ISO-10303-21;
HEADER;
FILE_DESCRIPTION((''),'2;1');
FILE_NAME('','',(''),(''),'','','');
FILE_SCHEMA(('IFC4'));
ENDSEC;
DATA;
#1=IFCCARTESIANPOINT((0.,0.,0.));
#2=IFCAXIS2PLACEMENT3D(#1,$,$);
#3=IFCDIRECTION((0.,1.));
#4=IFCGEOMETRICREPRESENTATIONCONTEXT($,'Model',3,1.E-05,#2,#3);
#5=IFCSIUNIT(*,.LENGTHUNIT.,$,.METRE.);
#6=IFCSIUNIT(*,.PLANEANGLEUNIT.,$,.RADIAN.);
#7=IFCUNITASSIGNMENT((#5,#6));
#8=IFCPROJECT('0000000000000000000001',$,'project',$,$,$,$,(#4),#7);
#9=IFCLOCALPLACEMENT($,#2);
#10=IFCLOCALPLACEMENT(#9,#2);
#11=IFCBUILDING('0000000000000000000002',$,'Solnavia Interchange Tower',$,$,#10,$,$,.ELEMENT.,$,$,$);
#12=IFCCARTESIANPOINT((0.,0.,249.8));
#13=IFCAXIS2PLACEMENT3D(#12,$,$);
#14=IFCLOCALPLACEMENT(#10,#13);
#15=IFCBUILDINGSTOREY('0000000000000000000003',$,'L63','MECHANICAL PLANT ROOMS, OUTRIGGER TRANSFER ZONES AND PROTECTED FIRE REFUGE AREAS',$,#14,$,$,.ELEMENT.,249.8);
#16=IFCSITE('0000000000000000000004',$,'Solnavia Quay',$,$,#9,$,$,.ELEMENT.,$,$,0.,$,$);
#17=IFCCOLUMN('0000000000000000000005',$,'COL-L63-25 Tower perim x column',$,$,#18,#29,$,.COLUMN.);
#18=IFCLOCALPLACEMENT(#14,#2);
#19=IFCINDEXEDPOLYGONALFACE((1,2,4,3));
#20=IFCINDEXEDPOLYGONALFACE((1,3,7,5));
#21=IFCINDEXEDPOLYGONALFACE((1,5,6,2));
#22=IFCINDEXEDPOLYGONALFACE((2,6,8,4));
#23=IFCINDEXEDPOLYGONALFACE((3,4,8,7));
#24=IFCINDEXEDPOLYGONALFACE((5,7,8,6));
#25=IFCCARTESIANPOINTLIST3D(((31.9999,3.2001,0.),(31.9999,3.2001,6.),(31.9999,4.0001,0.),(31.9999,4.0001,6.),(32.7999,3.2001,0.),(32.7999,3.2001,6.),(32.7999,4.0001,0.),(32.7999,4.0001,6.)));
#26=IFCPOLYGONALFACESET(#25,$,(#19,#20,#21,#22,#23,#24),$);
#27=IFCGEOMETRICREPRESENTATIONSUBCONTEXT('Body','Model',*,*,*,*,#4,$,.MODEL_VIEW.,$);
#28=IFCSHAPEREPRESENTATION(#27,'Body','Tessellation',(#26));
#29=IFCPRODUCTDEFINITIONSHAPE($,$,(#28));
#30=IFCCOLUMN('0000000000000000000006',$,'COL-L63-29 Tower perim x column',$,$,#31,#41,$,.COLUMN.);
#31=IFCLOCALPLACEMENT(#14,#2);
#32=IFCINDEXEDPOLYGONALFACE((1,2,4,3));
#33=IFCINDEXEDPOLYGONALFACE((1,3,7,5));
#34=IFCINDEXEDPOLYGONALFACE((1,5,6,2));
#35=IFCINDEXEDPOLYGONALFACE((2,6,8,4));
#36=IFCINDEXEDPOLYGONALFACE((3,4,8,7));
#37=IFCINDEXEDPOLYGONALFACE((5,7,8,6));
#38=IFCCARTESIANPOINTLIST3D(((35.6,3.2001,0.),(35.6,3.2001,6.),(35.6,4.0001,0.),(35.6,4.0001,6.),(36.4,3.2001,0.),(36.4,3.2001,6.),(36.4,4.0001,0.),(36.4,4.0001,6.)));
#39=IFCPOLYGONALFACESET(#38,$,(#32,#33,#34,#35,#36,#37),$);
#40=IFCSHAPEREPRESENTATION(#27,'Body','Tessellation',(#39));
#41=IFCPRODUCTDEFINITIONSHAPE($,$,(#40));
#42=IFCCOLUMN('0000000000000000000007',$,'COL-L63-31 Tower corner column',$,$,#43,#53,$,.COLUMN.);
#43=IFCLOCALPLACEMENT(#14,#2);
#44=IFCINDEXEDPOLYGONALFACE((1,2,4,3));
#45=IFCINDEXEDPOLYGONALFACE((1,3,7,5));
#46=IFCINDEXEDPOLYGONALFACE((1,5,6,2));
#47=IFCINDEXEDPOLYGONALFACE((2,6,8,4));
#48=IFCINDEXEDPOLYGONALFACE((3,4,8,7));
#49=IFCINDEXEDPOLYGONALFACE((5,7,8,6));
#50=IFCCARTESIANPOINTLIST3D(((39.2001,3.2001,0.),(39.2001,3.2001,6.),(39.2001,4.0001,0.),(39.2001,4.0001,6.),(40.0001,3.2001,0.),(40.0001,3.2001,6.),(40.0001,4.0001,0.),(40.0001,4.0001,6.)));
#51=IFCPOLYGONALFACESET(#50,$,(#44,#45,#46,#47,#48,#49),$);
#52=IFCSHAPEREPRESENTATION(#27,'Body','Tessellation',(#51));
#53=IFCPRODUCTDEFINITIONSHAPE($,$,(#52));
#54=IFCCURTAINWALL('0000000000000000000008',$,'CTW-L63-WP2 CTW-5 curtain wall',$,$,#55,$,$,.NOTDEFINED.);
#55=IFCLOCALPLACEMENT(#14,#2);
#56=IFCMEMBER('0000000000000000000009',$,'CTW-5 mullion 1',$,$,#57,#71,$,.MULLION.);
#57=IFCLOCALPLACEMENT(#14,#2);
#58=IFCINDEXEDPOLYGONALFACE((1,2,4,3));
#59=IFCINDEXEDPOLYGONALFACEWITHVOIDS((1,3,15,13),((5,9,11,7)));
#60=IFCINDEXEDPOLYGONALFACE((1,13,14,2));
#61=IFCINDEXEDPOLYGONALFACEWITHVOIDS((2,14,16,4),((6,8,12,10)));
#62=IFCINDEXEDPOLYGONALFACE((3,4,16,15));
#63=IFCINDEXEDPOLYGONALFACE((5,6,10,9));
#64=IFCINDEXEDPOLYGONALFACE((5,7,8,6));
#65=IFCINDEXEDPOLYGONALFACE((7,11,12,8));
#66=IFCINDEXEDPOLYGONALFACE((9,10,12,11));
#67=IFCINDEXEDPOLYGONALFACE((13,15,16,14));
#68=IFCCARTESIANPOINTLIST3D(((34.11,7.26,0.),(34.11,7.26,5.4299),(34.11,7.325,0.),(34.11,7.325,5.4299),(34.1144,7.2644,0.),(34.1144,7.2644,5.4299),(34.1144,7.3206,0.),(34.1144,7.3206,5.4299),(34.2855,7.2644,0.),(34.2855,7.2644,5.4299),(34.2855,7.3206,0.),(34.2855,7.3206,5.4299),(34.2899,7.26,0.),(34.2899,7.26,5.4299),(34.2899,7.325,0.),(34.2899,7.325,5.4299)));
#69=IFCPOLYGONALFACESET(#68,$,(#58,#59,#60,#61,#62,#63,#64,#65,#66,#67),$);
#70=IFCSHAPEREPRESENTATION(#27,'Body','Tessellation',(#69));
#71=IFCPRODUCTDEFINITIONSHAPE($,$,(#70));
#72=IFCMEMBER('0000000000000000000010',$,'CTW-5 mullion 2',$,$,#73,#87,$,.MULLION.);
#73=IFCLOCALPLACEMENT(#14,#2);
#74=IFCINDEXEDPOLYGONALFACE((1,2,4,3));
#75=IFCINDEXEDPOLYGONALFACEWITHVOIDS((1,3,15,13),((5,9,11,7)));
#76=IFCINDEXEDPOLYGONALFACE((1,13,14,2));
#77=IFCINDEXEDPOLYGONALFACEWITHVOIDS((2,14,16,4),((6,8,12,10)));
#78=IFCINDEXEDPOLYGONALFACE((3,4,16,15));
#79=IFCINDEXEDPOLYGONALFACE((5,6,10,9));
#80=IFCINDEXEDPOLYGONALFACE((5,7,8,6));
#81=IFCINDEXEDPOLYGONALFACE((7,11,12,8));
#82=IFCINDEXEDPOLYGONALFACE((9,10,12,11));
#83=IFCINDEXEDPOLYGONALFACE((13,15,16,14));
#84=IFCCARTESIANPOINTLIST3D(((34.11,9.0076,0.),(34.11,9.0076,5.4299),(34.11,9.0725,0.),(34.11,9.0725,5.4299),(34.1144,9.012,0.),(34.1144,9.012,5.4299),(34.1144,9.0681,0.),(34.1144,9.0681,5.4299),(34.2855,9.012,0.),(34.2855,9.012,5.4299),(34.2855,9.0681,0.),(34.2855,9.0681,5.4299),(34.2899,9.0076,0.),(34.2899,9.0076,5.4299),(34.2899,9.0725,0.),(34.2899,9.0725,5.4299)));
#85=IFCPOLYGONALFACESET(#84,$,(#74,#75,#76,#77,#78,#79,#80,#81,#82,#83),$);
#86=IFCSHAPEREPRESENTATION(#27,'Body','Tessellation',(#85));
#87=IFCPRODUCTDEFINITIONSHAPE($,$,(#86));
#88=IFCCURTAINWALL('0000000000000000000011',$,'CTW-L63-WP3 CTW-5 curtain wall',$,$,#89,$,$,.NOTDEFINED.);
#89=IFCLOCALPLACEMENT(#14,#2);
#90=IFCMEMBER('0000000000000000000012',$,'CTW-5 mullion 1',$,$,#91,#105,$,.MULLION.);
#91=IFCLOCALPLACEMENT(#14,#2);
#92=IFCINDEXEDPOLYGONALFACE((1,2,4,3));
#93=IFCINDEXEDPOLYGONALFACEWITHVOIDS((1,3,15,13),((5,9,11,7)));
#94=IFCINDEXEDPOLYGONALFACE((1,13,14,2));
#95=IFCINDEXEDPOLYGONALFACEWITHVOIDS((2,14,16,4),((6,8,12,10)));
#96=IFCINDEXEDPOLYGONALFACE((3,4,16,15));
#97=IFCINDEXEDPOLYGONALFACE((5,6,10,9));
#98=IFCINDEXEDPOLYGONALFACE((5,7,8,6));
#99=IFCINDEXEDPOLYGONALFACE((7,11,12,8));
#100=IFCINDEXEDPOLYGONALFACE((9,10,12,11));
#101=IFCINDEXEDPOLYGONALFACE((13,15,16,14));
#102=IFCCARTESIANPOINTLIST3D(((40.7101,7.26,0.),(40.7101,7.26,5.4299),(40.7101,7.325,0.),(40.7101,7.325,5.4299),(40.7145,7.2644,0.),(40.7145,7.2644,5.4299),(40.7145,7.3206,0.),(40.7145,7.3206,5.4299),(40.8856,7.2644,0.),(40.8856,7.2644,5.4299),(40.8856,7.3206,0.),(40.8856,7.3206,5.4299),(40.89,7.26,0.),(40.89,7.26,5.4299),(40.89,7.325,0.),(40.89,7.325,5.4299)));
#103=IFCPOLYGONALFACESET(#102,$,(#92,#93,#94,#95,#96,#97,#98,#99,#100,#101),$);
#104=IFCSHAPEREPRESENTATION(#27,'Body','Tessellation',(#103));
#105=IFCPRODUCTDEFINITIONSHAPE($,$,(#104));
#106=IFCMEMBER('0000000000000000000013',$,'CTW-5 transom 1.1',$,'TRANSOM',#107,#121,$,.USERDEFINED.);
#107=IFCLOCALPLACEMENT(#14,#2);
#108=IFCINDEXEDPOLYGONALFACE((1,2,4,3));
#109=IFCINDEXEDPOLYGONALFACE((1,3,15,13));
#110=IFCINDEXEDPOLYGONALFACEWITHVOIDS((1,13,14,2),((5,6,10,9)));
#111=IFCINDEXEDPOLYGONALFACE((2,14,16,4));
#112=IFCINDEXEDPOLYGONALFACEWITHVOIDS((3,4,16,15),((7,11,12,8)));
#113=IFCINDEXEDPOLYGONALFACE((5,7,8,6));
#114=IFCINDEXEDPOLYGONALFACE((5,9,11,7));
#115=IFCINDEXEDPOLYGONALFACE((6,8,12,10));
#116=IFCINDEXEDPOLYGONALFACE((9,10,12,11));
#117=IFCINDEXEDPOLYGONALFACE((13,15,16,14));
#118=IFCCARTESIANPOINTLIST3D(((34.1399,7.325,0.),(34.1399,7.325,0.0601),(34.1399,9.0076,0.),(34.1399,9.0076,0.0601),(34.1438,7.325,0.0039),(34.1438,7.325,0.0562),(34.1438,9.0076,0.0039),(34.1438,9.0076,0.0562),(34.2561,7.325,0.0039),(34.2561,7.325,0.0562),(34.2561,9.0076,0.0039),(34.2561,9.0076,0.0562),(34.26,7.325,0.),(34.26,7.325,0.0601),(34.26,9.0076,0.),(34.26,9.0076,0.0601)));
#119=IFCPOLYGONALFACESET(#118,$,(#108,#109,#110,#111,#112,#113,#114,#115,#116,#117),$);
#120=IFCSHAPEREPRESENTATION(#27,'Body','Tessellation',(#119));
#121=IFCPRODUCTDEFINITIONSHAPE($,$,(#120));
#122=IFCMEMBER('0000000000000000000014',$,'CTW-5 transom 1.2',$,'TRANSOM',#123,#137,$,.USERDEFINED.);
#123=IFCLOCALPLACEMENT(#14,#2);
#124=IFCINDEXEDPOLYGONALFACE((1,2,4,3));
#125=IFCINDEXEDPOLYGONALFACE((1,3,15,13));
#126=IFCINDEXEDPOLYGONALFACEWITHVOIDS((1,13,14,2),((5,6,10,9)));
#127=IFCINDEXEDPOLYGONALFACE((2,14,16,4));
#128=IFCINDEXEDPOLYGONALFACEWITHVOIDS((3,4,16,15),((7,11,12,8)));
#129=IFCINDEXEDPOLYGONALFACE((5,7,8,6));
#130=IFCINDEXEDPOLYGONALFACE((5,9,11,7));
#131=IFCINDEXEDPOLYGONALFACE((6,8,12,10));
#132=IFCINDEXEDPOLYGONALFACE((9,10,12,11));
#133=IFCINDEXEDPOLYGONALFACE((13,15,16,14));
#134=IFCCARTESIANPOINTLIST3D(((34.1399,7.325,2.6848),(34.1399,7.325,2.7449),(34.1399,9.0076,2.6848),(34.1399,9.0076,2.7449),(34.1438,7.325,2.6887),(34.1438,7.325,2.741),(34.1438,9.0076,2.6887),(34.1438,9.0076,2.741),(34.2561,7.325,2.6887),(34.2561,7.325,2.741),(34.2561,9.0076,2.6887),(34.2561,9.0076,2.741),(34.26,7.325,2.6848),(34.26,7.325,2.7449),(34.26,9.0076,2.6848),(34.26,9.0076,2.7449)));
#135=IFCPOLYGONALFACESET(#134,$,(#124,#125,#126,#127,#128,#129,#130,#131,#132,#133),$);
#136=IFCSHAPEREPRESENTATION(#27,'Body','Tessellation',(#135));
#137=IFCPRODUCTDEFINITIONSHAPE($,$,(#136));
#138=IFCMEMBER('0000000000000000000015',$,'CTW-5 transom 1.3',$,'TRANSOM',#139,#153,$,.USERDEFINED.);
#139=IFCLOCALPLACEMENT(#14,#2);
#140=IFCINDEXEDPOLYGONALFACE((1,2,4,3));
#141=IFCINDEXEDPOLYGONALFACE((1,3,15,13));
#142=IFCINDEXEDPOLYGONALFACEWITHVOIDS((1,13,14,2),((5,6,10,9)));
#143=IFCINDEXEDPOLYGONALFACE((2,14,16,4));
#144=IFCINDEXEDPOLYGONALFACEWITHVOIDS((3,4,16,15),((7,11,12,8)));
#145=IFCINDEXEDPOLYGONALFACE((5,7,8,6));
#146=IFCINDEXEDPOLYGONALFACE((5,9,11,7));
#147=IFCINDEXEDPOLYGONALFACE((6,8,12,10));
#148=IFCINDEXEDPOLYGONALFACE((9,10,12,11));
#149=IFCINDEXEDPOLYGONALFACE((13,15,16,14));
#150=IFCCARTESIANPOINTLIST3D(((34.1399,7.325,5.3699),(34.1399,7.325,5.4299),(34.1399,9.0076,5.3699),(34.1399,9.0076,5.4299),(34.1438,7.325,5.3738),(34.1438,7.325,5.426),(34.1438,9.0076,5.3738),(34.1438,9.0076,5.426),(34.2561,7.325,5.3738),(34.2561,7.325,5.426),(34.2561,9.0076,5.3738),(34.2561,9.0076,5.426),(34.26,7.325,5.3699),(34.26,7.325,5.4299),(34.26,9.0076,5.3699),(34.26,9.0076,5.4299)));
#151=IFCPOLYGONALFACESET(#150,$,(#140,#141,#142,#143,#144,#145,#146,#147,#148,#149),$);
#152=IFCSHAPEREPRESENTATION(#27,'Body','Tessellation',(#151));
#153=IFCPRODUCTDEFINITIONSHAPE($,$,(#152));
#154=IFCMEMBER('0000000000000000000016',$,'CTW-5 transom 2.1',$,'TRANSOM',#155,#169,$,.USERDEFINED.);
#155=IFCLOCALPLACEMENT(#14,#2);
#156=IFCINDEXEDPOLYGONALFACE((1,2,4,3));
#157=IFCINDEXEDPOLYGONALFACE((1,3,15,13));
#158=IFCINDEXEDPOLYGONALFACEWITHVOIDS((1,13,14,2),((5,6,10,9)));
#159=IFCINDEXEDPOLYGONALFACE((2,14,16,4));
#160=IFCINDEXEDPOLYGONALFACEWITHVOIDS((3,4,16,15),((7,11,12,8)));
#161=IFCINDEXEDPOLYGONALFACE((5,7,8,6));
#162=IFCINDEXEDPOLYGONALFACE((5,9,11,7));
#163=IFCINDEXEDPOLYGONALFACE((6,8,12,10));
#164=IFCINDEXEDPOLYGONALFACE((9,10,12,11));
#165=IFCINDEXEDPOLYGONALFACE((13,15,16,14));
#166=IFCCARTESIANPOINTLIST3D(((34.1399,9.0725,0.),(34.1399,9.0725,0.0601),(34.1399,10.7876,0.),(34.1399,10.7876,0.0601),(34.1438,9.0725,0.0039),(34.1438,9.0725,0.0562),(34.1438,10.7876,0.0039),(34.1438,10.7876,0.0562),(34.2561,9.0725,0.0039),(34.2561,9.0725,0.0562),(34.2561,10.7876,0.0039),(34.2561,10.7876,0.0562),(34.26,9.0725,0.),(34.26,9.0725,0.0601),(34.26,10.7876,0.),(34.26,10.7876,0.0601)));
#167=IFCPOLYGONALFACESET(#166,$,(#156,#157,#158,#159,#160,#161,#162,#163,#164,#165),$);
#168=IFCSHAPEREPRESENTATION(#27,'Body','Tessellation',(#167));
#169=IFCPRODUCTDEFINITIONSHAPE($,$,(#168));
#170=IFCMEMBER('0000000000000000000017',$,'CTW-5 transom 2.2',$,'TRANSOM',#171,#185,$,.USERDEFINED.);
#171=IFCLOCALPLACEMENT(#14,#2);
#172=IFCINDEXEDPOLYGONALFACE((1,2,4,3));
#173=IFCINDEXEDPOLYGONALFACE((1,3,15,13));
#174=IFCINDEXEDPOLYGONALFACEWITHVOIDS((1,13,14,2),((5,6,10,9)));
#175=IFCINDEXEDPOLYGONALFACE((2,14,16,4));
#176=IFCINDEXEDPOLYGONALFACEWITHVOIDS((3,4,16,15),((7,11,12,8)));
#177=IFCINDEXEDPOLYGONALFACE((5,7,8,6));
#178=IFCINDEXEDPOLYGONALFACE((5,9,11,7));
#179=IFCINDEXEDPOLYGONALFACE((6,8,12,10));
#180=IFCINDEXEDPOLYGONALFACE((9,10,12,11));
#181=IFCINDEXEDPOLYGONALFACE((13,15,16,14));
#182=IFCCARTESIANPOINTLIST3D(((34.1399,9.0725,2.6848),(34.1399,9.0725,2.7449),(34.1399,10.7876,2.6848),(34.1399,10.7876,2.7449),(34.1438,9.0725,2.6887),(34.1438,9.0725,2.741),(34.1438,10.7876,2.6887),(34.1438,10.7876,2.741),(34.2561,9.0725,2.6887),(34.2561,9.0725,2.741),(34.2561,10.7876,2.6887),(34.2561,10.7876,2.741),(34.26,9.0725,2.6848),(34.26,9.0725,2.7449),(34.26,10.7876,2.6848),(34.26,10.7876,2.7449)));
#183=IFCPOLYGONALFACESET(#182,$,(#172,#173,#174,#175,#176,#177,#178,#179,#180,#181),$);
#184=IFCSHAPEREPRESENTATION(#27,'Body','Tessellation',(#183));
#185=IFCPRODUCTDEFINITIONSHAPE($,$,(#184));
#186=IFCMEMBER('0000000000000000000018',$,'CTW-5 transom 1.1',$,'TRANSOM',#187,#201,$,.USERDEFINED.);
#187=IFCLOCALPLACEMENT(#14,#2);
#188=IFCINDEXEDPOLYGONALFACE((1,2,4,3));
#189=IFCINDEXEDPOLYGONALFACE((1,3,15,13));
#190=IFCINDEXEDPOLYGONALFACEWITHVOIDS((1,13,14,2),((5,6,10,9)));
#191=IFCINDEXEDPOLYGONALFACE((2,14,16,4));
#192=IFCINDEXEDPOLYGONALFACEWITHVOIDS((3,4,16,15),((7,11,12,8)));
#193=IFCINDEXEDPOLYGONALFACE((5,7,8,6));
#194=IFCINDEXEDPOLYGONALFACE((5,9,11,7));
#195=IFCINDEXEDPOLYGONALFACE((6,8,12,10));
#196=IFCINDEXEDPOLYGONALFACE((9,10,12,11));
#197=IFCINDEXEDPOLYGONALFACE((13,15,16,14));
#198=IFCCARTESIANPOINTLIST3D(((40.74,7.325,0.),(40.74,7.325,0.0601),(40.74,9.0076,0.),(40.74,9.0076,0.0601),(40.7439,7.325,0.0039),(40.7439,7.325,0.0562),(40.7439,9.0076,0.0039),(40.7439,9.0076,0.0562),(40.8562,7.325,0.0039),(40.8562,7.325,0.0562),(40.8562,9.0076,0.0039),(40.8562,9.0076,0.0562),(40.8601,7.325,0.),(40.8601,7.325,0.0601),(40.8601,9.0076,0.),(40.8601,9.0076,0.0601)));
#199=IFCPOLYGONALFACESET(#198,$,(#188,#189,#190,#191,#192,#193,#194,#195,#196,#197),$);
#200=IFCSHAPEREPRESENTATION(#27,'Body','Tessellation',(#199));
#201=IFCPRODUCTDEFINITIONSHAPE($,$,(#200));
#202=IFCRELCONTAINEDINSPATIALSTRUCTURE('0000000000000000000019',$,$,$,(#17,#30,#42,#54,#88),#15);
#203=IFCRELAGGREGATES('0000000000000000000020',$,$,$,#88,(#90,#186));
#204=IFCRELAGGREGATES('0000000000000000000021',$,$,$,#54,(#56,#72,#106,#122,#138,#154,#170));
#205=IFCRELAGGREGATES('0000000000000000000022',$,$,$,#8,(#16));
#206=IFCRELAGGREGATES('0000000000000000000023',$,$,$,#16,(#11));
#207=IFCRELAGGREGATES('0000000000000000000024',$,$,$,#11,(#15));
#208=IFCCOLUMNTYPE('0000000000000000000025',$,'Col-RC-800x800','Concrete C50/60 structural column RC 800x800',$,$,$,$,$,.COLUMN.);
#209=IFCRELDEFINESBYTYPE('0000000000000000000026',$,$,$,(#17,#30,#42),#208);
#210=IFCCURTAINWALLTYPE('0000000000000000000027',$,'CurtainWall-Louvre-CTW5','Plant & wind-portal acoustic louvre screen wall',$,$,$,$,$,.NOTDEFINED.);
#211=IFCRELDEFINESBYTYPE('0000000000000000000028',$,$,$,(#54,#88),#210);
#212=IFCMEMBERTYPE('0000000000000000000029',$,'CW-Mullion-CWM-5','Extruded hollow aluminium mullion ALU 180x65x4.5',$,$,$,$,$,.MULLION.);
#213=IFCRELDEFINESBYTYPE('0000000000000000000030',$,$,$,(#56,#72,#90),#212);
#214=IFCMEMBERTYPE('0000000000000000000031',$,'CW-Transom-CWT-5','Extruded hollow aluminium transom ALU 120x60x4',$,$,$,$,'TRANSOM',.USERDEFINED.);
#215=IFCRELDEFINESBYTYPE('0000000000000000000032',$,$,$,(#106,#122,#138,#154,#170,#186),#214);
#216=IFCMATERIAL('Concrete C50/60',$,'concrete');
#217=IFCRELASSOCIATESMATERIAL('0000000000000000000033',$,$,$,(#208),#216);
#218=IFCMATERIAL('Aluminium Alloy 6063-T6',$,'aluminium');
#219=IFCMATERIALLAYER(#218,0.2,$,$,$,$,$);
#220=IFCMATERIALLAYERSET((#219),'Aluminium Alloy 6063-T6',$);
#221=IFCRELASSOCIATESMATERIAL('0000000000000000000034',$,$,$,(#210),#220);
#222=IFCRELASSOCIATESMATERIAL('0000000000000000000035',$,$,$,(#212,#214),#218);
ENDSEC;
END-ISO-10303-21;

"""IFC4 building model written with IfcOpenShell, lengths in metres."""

from ifc_helpers import new_model, si_unit, direction, frame, origin, origin_2d, place, context, subcontext, project, spatial, rectangle, hollow_rectangle, extrude, material, layer, layer_set, material_profile, profile_set, type_object, element, aggregate, save


model = new_model("IFC4")

# Units and contexts
model_context = context("Model", 3, precision=1e-05, world=origin(), true_north=direction((0.0, 1.0)))
body_context = subcontext(model_context, "Body", "Model", "MODEL_VIEW")
ifc_project = project(units=[si_unit("LENGTHUNIT", "METRE"), si_unit("PLANEANGLEUNIT", "RADIAN")], contexts=[model_context])

# Site, building, storey
site_placement = place(None, origin())
site = spatial("IfcSite", under=ifc_project, at=site_placement, Name="Solnavia Quay", CompositionType="ELEMENT", RefElevation=0.0)
building_placement = place(site_placement, origin())
building = spatial("IfcBuilding", under=site, at=building_placement, Name="Solnavia Interchange Tower", CompositionType="ELEMENT")
storey_placement = place(building_placement, frame((0.0, 0.0, 249.8)))
storey = spatial("IfcBuildingStorey", under=building, at=storey_placement, Name="L63", Description="MECHANICAL PLANT ROOMS, OUTRIGGER TRANSFER ZONES AND PROTECTED FIRE REFUGE AREAS", CompositionType="ELEMENT", Elevation=249.8)

# Columns
ifc_material_1 = material(Name="Concrete C50/60", Category="concrete")
ifc_material_profile_1 = material_profile(ifc_material_1, rectangle(XDim=0.8, YDim=0.8, at=origin_2d()), Name="RC 800x800")
ifc_profile_set_1 = profile_set([ifc_material_profile_1], Name="Concrete C50/60")
column_type = type_object("IfcColumnType", Name="Col-RC-800x800", Description="Concrete C50/60 structural column RC 800x800", PredefinedType="COLUMN", material=ifc_profile_set_1)
for number, where, z_axis, x_axis, name in (
    (1, (32.3999, 3.6001, 0.0), (0.0, 0.0, 1.0), (1.0, 0.0, 0.0), "COL-L63-25 Tower perim x column"),
    (2, (36.0, 3.6001, 0.0), (0.0, 0.0, 1.0), (1.0, 0.0, 0.0), "COL-L63-29 Tower perim x column"),
    (3, (39.6001, 3.6001, 0.0), (0.0, 0.0, 1.0), (1.0, 0.0, 0.0), "COL-L63-31 Tower corner column"),
):
    element("IfcColumn", number, at=place(storey_placement, frame(where, z_axis=z_axis, x_axis=x_axis)), inside=storey, type_object=column_type, Name=name, PredefinedType="COLUMN", context=body_context, shape_type="SweptSolid", body=[
        extrude(rectangle(XDim=0.8, YDim=0.8, at=origin_2d()), origin(), (0.0, 0.0, 1.0), 6.0),
    ])

# Curtain wall, members
ifc_material_2 = material(Name="Aluminium Alloy 6063-T6", Category="aluminium")
ifc_layer_1 = layer(ifc_material_2, 0.2)
ifc_layer_set_1 = layer_set([ifc_layer_1], Name="Aluminium Alloy 6063-T6")
curtain_wall_type = type_object("IfcCurtainWallType", Name="CurtainWall-Louvre-CTW5", Description="Plant & wind-portal acoustic louvre screen wall", PredefinedType="NOTDEFINED", material=ifc_layer_set_1)
curtain_wall_1_placement = place(storey_placement, origin())
curtain_wall_1 = element("IfcCurtainWall", 4, at=curtain_wall_1_placement, inside=storey, type_object=curtain_wall_type, Name="CTW-L63-WP2 CTW-5 curtain wall", PredefinedType="NOTDEFINED")
ifc_material_profile_2 = material_profile(ifc_material_2, hollow_rectangle(XDim=0.0649, YDim=0.1799, WallThickness=0.0044, at=origin_2d()), Name="ALU 180x65x4.5")
ifc_profile_set_2 = profile_set([ifc_material_profile_2], Name="Aluminium Alloy 6063-T6")
member_type_1 = type_object("IfcMemberType", Name="CW-Mullion-CWM-5", Description="Extruded hollow aluminium mullion ALU 180x65x4.5", PredefinedType="MULLION", material=ifc_profile_set_2)
member_1_placement = place(storey_placement, frame((34.2, 7.2925, 0.0), z_axis=(0.0, 0.0, 1.0), x_axis=(0.0, 1.0, 0.0)))
member_1 = element("IfcMember", 5, at=member_1_placement, type_object=member_type_1, Name="CTW-5 mullion 1", PredefinedType="MULLION", context=body_context, shape_type="SweptSolid", body=[
    extrude(hollow_rectangle(XDim=0.0649, YDim=0.1799, WallThickness=0.0044, at=origin_2d()), origin(), (0.0, 0.0, 1.0), 5.4299),
])
member_2_placement = place(storey_placement, frame((34.2, 9.04, 0.0), z_axis=(0.0, 0.0, 1.0), x_axis=(0.0, 1.0, 0.0)))
member_2 = element("IfcMember", 6, at=member_2_placement, type_object=member_type_1, Name="CTW-5 mullion 2", PredefinedType="MULLION", context=body_context, shape_type="SweptSolid", body=[
    extrude(hollow_rectangle(XDim=0.0649, YDim=0.1799, WallThickness=0.0044, at=origin_2d()), origin(), (0.0, 0.0, 1.0), 5.4299),
])

# Curtain wall, member
curtain_wall_2_placement = place(storey_placement, origin())
curtain_wall_2 = element("IfcCurtainWall", 7, at=curtain_wall_2_placement, inside=storey, type_object=curtain_wall_type, Name="CTW-L63-WP3 CTW-5 curtain wall", PredefinedType="NOTDEFINED")
member_3_placement = place(storey_placement, frame((40.8, 7.2925, 0.0), z_axis=(0.0, 0.0, 1.0), x_axis=(0.0, 1.0, 0.0)))
member_3 = element("IfcMember", 8, at=member_3_placement, type_object=member_type_1, Name="CTW-5 mullion 1", PredefinedType="MULLION", context=body_context, shape_type="SweptSolid", body=[
    extrude(hollow_rectangle(XDim=0.0649, YDim=0.1799, WallThickness=0.0044, at=origin_2d()), origin(), (0.0, 0.0, 1.0), 5.4299),
])

# Members
ifc_material_profile_3 = material_profile(ifc_material_2, hollow_rectangle(XDim=0.0601, YDim=0.1201, WallThickness=0.0039, at=origin_2d()), Name="ALU 120x60x4")
ifc_profile_set_3 = profile_set([ifc_material_profile_3], Name="Aluminium Alloy 6063-T6")
member_type_2 = type_object("IfcMemberType", Name="CW-Transom-CWT-5", Description="Extruded hollow aluminium transom ALU 120x60x4", ElementType="TRANSOM", PredefinedType="USERDEFINED", material=ifc_profile_set_3)
member_4_placement = place(storey_placement, frame((34.2, 7.325, 0.03), z_axis=(0.0, 1.0, 0.0), x_axis=(0.0, 0.0, 1.0)))
member_4 = element("IfcMember", 9, at=member_4_placement, type_object=member_type_2, Name="CTW-5 transom 1.1", ObjectType="TRANSOM", PredefinedType="USERDEFINED", context=body_context, shape_type="SweptSolid", body=[
    extrude(hollow_rectangle(XDim=0.0601, YDim=0.1201, WallThickness=0.0039, at=origin_2d()), origin(), (0.0, 0.0, 1.0), 1.6826),
])
member_5_placement = place(storey_placement, frame((34.2, 7.325, 2.7148), z_axis=(0.0, 1.0, 0.0), x_axis=(0.0, 0.0, 1.0)))
member_5 = element("IfcMember", 10, at=member_5_placement, type_object=member_type_2, Name="CTW-5 transom 1.2", ObjectType="TRANSOM", PredefinedType="USERDEFINED", context=body_context, shape_type="SweptSolid", body=[
    extrude(hollow_rectangle(XDim=0.0601, YDim=0.1201, WallThickness=0.0039, at=origin_2d()), origin(), (0.0, 0.0, 1.0), 1.6826),
])
member_6_placement = place(storey_placement, frame((34.2, 7.325, 5.3999), z_axis=(0.0, 1.0, 0.0), x_axis=(0.0, 0.0, 1.0)))
member_6 = element("IfcMember", 11, at=member_6_placement, type_object=member_type_2, Name="CTW-5 transom 1.3", ObjectType="TRANSOM", PredefinedType="USERDEFINED", context=body_context, shape_type="SweptSolid", body=[
    extrude(hollow_rectangle(XDim=0.0601, YDim=0.1201, WallThickness=0.0039, at=origin_2d()), origin(), (0.0, 0.0, 1.0), 1.6826),
])
member_7_placement = place(storey_placement, frame((34.2, 9.0725, 0.03), z_axis=(0.0, 1.0, 0.0), x_axis=(0.0, 0.0, 1.0)))
member_7 = element("IfcMember", 12, at=member_7_placement, type_object=member_type_2, Name="CTW-5 transom 2.1", ObjectType="TRANSOM", PredefinedType="USERDEFINED", context=body_context, shape_type="SweptSolid", body=[
    extrude(hollow_rectangle(XDim=0.0601, YDim=0.1201, WallThickness=0.0039, at=origin_2d()), origin(), (0.0, 0.0, 1.0), 1.7151),
])
member_8_placement = place(storey_placement, frame((34.2, 9.0725, 2.7148), z_axis=(0.0, 1.0, 0.0), x_axis=(0.0, 0.0, 1.0)))
member_8 = element("IfcMember", 13, at=member_8_placement, type_object=member_type_2, Name="CTW-5 transom 2.2", ObjectType="TRANSOM", PredefinedType="USERDEFINED", context=body_context, shape_type="SweptSolid", body=[
    extrude(hollow_rectangle(XDim=0.0601, YDim=0.1201, WallThickness=0.0039, at=origin_2d()), origin(), (0.0, 0.0, 1.0), 1.7151),
])
member_9_placement = place(storey_placement, frame((40.8, 7.325, 0.03), z_axis=(0.0, 1.0, 0.0), x_axis=(0.0, 0.0, 1.0)))
member_9 = element("IfcMember", 14, at=member_9_placement, type_object=member_type_2, Name="CTW-5 transom 1.1", ObjectType="TRANSOM", PredefinedType="USERDEFINED", context=body_context, shape_type="SweptSolid", body=[
    extrude(hollow_rectangle(XDim=0.0601, YDim=0.1201, WallThickness=0.0039, at=origin_2d()), origin(), (0.0, 0.0, 1.0), 1.6826),
])
aggregate(curtain_wall_2, [member_3, member_9])

aggregate(curtain_wall_1, [member_1, member_2, member_4, member_5, member_6, member_7, member_8])

save(model, "model.ifc")
